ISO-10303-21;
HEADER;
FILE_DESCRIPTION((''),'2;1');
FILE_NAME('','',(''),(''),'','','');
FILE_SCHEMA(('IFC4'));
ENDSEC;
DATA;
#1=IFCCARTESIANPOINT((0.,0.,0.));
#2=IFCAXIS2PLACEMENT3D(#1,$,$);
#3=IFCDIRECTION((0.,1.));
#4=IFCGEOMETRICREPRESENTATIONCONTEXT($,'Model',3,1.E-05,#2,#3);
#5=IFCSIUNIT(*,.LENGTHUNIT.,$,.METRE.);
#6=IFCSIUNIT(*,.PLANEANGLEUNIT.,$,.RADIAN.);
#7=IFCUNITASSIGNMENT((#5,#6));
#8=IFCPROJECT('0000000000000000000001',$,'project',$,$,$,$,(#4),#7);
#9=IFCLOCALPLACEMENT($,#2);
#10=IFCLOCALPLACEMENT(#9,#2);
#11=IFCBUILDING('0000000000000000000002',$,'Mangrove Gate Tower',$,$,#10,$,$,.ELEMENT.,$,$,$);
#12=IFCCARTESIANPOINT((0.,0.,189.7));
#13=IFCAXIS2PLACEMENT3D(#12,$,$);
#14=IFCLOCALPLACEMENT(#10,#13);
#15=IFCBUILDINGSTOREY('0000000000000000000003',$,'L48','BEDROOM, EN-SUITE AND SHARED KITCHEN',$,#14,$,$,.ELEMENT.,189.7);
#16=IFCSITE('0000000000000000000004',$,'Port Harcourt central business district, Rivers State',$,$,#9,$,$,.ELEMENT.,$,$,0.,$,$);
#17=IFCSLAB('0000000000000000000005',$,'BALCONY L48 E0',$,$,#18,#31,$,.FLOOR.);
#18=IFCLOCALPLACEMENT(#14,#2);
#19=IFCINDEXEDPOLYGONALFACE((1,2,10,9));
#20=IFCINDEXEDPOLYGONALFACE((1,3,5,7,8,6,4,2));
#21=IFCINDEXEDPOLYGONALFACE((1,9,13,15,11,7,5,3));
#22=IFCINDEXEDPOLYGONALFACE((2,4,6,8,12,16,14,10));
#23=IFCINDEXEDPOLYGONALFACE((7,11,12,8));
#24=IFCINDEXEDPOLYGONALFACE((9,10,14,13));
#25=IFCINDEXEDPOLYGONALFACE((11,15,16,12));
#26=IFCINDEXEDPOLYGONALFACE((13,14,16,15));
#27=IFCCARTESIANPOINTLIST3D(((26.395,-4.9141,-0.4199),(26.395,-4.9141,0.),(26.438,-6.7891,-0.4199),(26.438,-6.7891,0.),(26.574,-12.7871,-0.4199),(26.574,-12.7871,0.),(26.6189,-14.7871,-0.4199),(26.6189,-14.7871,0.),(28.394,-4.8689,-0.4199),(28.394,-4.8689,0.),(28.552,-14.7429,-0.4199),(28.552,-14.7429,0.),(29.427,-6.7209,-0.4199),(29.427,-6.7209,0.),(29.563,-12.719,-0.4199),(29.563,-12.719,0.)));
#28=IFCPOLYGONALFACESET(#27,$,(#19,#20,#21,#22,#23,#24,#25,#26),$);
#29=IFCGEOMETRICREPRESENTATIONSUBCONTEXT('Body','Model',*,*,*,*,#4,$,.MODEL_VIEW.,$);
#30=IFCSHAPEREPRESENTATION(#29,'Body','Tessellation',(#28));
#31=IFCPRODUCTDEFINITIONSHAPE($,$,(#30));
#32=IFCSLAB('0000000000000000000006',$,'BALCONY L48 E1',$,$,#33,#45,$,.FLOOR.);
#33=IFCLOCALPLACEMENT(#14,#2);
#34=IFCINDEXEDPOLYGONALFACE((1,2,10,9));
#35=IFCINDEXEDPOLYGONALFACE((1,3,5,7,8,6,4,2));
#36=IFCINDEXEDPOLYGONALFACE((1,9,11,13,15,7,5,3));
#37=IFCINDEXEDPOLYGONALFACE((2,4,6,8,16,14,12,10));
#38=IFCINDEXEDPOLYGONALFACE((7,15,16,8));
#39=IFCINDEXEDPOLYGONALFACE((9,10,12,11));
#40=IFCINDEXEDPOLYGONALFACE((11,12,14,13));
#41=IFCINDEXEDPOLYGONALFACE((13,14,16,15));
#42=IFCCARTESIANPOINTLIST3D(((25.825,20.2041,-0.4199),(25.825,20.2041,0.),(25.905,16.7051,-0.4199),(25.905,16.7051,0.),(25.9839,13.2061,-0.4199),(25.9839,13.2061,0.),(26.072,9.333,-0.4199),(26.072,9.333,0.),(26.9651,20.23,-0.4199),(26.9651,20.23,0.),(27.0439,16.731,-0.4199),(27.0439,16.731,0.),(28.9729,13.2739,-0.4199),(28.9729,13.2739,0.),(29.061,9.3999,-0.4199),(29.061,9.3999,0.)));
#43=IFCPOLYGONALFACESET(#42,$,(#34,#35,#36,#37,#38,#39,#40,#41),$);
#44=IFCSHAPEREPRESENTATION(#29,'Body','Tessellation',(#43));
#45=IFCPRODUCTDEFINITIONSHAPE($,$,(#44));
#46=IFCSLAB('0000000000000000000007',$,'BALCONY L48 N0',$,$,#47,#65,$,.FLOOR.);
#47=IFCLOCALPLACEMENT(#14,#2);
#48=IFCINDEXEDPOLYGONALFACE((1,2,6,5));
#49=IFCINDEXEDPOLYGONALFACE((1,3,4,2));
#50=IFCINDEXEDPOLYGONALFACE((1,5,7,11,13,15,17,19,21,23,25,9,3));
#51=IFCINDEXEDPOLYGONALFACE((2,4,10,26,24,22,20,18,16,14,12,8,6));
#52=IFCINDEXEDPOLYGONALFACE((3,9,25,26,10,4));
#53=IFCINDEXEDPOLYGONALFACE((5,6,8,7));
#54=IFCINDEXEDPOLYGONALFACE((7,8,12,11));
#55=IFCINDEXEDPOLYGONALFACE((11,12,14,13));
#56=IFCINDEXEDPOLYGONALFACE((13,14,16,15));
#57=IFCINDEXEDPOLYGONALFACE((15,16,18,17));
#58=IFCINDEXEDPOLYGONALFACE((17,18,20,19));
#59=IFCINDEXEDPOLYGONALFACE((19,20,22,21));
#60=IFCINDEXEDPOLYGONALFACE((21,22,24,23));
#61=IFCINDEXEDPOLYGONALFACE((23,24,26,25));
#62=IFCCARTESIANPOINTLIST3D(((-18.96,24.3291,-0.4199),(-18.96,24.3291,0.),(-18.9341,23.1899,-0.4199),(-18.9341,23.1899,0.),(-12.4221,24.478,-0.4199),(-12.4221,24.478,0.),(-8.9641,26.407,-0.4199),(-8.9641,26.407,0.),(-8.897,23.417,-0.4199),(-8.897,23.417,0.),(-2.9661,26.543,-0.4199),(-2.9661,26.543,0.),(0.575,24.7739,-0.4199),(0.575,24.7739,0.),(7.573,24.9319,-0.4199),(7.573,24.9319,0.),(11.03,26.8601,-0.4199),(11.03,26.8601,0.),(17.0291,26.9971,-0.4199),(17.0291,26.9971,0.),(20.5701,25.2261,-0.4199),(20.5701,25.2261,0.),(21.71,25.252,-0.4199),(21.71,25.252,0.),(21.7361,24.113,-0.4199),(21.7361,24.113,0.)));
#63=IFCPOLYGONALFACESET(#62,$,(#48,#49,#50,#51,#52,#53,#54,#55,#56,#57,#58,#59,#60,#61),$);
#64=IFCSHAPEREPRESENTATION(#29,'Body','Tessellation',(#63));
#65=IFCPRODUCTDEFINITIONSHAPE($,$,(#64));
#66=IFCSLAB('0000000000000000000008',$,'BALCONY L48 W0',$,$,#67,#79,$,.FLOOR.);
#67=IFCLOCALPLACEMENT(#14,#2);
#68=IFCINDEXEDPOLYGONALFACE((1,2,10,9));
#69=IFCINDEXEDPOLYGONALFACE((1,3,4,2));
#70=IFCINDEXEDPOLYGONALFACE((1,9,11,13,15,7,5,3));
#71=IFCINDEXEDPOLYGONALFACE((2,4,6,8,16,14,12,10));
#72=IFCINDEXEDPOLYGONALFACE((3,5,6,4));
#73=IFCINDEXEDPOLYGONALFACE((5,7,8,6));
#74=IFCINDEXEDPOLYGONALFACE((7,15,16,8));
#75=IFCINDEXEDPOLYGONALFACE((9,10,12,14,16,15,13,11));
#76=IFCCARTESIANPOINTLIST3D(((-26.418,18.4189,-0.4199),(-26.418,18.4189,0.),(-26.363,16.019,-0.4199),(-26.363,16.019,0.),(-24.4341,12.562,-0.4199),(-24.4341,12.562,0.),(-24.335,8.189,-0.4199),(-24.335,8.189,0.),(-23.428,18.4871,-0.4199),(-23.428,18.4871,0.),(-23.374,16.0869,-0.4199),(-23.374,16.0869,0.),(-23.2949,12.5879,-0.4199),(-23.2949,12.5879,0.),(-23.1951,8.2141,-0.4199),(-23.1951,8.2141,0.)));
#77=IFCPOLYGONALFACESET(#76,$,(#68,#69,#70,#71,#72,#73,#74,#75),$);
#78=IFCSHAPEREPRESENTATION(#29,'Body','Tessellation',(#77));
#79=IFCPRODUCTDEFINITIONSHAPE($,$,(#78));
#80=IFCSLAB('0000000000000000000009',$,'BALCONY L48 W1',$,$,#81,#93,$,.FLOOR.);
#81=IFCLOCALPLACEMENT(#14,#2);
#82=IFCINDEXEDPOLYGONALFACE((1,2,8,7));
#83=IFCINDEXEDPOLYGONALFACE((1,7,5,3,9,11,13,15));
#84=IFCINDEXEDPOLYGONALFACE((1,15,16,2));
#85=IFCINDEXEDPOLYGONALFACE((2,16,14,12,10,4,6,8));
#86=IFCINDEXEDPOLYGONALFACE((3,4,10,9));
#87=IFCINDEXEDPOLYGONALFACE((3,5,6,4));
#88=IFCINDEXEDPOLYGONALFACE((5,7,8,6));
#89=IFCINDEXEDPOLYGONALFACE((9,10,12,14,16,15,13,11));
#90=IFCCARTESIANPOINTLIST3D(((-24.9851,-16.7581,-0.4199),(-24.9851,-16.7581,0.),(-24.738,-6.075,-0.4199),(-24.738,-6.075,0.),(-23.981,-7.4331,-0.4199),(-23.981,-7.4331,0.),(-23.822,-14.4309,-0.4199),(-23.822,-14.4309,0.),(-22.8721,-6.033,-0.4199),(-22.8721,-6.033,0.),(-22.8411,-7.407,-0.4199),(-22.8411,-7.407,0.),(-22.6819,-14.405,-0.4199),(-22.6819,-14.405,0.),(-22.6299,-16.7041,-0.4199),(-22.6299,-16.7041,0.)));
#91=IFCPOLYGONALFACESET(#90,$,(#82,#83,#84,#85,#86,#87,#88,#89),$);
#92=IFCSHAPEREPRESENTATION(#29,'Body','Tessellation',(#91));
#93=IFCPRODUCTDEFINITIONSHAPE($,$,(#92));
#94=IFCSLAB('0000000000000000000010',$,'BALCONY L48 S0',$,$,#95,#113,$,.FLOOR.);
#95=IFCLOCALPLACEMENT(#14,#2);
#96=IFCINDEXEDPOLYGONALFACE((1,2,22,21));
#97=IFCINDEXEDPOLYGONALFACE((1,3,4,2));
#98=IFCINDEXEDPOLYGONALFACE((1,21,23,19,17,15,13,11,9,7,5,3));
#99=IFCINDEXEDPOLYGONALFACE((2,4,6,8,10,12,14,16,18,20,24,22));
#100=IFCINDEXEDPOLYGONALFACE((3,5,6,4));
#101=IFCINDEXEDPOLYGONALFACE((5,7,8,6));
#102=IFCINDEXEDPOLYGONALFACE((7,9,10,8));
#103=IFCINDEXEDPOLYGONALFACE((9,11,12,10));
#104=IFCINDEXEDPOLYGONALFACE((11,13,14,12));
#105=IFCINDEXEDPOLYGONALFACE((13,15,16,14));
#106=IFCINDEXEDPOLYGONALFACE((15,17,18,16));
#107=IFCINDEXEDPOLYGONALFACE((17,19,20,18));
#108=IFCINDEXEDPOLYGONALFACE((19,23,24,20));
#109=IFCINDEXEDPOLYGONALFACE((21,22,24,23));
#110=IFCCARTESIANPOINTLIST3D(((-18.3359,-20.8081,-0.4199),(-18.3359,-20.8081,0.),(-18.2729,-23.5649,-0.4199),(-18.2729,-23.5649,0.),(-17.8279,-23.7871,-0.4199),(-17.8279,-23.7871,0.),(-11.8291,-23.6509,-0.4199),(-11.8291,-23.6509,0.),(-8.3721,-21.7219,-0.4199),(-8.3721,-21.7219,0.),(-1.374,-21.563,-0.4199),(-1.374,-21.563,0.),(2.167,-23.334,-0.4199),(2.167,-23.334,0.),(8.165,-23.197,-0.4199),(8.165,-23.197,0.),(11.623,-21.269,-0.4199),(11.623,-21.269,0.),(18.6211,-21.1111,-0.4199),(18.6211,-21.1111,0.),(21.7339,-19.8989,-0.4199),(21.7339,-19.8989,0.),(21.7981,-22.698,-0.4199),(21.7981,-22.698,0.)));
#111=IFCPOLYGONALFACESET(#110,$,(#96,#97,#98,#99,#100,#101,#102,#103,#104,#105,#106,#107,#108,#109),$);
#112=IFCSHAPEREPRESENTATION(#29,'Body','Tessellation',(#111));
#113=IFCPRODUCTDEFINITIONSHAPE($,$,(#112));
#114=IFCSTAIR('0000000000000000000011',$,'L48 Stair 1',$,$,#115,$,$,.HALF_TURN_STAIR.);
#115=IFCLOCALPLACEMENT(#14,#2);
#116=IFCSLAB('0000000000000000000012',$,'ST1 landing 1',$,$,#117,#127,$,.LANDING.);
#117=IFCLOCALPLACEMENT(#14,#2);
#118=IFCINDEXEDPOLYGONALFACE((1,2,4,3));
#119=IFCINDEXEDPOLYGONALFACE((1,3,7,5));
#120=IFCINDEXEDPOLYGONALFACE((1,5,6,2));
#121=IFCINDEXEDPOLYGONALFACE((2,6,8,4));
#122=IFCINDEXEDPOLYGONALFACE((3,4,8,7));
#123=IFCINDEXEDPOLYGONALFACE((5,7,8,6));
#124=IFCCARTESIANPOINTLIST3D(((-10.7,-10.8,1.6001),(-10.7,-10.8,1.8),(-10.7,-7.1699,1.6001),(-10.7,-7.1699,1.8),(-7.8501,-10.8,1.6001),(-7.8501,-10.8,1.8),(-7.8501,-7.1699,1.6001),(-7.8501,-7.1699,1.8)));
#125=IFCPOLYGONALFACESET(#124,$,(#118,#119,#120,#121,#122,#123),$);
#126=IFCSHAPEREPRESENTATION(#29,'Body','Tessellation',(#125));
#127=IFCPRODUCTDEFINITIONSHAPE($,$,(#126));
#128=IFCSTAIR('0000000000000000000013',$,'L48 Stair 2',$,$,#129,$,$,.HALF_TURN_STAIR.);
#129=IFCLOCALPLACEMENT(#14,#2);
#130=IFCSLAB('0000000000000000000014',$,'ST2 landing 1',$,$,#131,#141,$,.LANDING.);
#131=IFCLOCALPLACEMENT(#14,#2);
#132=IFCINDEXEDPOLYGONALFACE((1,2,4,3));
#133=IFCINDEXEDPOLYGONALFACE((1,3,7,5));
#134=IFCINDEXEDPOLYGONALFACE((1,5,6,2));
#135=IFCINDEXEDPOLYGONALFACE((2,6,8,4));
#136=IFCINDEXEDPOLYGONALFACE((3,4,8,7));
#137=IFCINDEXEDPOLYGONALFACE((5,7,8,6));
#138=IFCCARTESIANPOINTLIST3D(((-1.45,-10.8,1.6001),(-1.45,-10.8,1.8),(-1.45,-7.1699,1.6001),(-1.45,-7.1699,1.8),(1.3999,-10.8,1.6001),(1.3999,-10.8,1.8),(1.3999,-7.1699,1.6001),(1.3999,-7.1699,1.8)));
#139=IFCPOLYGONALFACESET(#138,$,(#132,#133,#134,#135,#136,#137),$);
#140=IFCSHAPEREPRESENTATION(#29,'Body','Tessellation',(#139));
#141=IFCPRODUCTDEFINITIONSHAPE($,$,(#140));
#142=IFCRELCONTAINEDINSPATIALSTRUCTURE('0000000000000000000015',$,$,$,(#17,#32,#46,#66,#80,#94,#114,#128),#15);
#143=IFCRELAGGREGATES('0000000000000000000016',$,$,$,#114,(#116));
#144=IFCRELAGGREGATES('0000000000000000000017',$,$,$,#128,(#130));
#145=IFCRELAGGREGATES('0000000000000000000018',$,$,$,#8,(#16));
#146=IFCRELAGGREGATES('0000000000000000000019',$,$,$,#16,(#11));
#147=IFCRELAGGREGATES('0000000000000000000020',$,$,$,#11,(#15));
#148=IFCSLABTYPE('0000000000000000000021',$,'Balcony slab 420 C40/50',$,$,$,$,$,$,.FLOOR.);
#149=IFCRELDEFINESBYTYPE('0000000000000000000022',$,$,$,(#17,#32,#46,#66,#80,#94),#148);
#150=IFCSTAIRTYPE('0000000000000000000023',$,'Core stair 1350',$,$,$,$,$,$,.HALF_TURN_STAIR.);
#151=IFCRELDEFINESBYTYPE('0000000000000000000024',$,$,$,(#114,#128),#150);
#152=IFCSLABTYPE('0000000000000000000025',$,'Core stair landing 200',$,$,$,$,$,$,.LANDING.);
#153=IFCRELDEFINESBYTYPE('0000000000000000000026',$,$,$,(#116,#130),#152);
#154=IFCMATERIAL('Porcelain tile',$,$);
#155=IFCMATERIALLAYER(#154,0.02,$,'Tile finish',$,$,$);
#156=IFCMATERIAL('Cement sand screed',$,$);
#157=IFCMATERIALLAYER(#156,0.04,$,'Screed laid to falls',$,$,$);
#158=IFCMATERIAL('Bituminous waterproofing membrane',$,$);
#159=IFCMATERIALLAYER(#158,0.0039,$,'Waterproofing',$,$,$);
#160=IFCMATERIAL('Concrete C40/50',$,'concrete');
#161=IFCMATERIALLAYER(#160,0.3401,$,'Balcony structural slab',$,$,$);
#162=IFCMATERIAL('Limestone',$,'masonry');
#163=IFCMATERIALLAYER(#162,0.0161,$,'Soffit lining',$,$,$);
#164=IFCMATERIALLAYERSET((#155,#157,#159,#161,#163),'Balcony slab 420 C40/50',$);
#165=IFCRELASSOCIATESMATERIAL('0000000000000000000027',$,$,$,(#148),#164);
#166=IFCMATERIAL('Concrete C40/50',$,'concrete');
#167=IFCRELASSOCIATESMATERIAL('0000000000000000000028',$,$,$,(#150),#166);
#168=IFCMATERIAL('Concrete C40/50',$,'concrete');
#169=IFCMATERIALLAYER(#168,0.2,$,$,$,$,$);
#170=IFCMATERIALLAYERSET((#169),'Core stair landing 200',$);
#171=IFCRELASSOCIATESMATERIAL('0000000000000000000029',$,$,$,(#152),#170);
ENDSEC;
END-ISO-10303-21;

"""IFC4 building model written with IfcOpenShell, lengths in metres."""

from ifc_helpers import new_model, si_unit, direction, frame, origin, place, context, subcontext, project, spatial, polyline, outline, extrude, material, layer, layer_set, type_object, element, aggregate, save


model = new_model("IFC4")

# Units and contexts
model_context = context("Model", 3, precision=1e-05, world=origin(), true_north=direction((0.0, 1.0)))
body_context = subcontext(model_context, "Body", "Model", "MODEL_VIEW")
ifc_project = project(units=[si_unit("LENGTHUNIT", "METRE"), si_unit("PLANEANGLEUNIT", "RADIAN")], contexts=[model_context])

# Site, building, storey
site_placement = place(None, origin())
site = spatial("IfcSite", under=ifc_project, at=site_placement, Name="Port Harcourt central business district, Rivers State", CompositionType="ELEMENT", RefElevation=0.0)
building_placement = place(site_placement, origin())
building = spatial("IfcBuilding", under=site, at=building_placement, Name="Mangrove Gate Tower", CompositionType="ELEMENT")
storey_placement = place(building_placement, frame((0.0, 0.0, 189.7)))
storey = spatial("IfcBuildingStorey", under=building, at=storey_placement, Name="L48", Description="BEDROOM, EN-SUITE AND SHARED KITCHEN", CompositionType="ELEMENT", Elevation=189.7)

# Slabs
ifc_material_1 = material(Name="Porcelain tile")
ifc_layer_1 = layer(ifc_material_1, 0.02, Name="Tile finish")
ifc_material_2 = material(Name="Cement sand screed")
ifc_layer_2 = layer(ifc_material_2, 0.04, Name="Screed laid to falls")
ifc_material_3 = material(Name="Bituminous waterproofing membrane")
ifc_layer_3 = layer(ifc_material_3, 0.0039, Name="Waterproofing")
ifc_material_4 = material(Name="Concrete C40/50", Category="concrete")
ifc_layer_4 = layer(ifc_material_4, 0.3401, Name="Balcony structural slab")
ifc_material_5 = material(Name="Limestone", Category="masonry")
ifc_layer_5 = layer(ifc_material_5, 0.0161, Name="Soffit lining")
ifc_layer_set_1 = layer_set([ifc_layer_1, ifc_layer_2, ifc_layer_3, ifc_layer_4, ifc_layer_5], Name="Balcony slab 420 C40/50")
slab_type_1 = type_object("IfcSlabType", Name="Balcony slab 420 C40/50", PredefinedType="FLOOR", material=ifc_layer_set_1)
slab_1_placement = place(storey_placement, frame((0.0, 0.0, -0.4199)))
element("IfcSlab", 1, at=slab_1_placement, inside=storey, type_object=slab_type_1, Name="BALCONY L48 E0", PredefinedType="FLOOR", context=body_context, shape_type="SweptSolid", body=[
    extrude(outline(polyline([(28.552, -14.7429), (29.563, -12.719), (29.427, -6.7209), (28.394, -4.8689), (26.395, -4.9141), (26.438, -6.7891), (26.574, -12.7871), (26.6189, -14.7871), (28.552, -14.7429)])), origin(), (0.0, 0.0, 1.0), 0.4199),
])
slab_2_placement = place(storey_placement, frame((0.0, 0.0, -0.4199)))
element("IfcSlab", 2, at=slab_2_placement, inside=storey, type_object=slab_type_1, Name="BALCONY L48 E1", PredefinedType="FLOOR", context=body_context, shape_type="SweptSolid", body=[
    extrude(outline(polyline([(29.061, 9.3999), (28.9729, 13.2739), (27.0439, 16.731), (26.9651, 20.23), (25.825, 20.2041), (25.905, 16.7051), (25.9839, 13.2061), (26.072, 9.333), (29.061, 9.3999)])), origin(), (0.0, 0.0, 1.0), 0.4199),
])
slab_3_placement = place(storey_placement, frame((0.0, 0.0, -0.4199)))
element("IfcSlab", 3, at=slab_3_placement, inside=storey, type_object=slab_type_1, Name="BALCONY L48 N0", PredefinedType="FLOOR", context=body_context, shape_type="SweptSolid", body=[
    extrude(outline(polyline([(21.71, 25.252), (20.5701, 25.2261), (17.0291, 26.9971), (11.03, 26.8601), (7.573, 24.9319), (0.575, 24.7739), (-2.9661, 26.543), (-8.9641, 26.407), (-12.4221, 24.478), (-18.96, 24.3291), (-18.9341, 23.1899), (-8.897, 23.417), (21.7361, 24.113), (21.71, 25.252)])), origin(), (0.0, 0.0, 1.0), 0.4199),
])
slab_4_placement = place(storey_placement, frame((0.0, 0.0, -0.4199)))
element("IfcSlab", 4, at=slab_4_placement, inside=storey, type_object=slab_type_1, Name="BALCONY L48 W0", PredefinedType="FLOOR", context=body_context, shape_type="SweptSolid", body=[
    extrude(outline(polyline([(-26.418, 18.4189), (-26.363, 16.019), (-24.4341, 12.562), (-24.335, 8.189), (-23.1951, 8.2141), (-23.2949, 12.5879), (-23.374, 16.0869), (-23.428, 18.4871), (-26.418, 18.4189)])), origin(), (0.0, 0.0, 1.0), 0.4199),
])
slab_5_placement = place(storey_placement, frame((0.0, 0.0, -0.4199)))
element("IfcSlab", 5, at=slab_5_placement, inside=storey, type_object=slab_type_1, Name="BALCONY L48 W1", PredefinedType="FLOOR", context=body_context, shape_type="SweptSolid", body=[
    extrude(outline(polyline([(-24.738, -6.075), (-23.981, -7.4331), (-23.822, -14.4309), (-24.9851, -16.7581), (-22.6299, -16.7041), (-22.6819, -14.405), (-22.8411, -7.407), (-22.8721, -6.033), (-24.738, -6.075)])), origin(), (0.0, 0.0, 1.0), 0.4199),
])
slab_6_placement = place(storey_placement, frame((0.0, 0.0, -0.4199)))
element("IfcSlab", 6, at=slab_6_placement, inside=storey, type_object=slab_type_1, Name="BALCONY L48 S0", PredefinedType="FLOOR", context=body_context, shape_type="SweptSolid", body=[
    extrude(outline(polyline([(-18.2729, -23.5649), (-17.8279, -23.7871), (-11.8291, -23.6509), (-8.3721, -21.7219), (-1.374, -21.563), (2.167, -23.334), (8.165, -23.197), (11.623, -21.269), (18.6211, -21.1111), (21.7981, -22.698), (21.7339, -19.8989), (-18.3359, -20.8081), (-18.2729, -23.5649)])), origin(), (0.0, 0.0, 1.0), 0.4199),
])

# Stairs, slabs
ifc_material_6 = material(Name="Concrete C40/50", Category="concrete")
stair_type = type_object("IfcStairType", Name="Core stair 1350", PredefinedType="HALF_TURN_STAIR", material=ifc_material_6)
stair_1_placement = place(storey_placement, origin())
stair_1 = element("IfcStair", 7, at=stair_1_placement, inside=storey, type_object=stair_type, Name="L48 Stair 1", PredefinedType="HALF_TURN_STAIR")
ifc_material_7 = material(Name="Concrete C40/50", Category="concrete")
ifc_layer_6 = layer(ifc_material_7, 0.2)
ifc_layer_set_2 = layer_set([ifc_layer_6], Name="Core stair landing 200")
slab_type_2 = type_object("IfcSlabType", Name="Core stair landing 200", PredefinedType="LANDING", material=ifc_layer_set_2)
slab_7_placement = place(storey_placement, frame((0.0, 0.0, 1.6001)))
slab_7 = element("IfcSlab", 8, at=slab_7_placement, type_object=slab_type_2, Name="ST1 landing 1", PredefinedType="LANDING", context=body_context, shape_type="SweptSolid", body=[
    extrude(outline(polyline([(-10.7, -7.1699), (-10.7, -10.8), (-7.8501, -10.8), (-7.8501, -7.1699), (-10.7, -7.1699)])), origin(), (0.0, 0.0, 1.0), 0.2),
])
aggregate(stair_1, [slab_7])
stair_2_placement = place(storey_placement, origin())
stair_2 = element("IfcStair", 9, at=stair_2_placement, inside=storey, type_object=stair_type, Name="L48 Stair 2", PredefinedType="HALF_TURN_STAIR")
slab_8_placement = place(storey_placement, frame((0.0, 0.0, 1.6001)))
slab_8 = element("IfcSlab", 10, at=slab_8_placement, type_object=slab_type_2, Name="ST2 landing 1", PredefinedType="LANDING", context=body_context, shape_type="SweptSolid", body=[
    extrude(outline(polyline([(-1.45, -7.1699), (-1.45, -10.8), (1.3999, -10.8), (1.3999, -7.1699), (-1.45, -7.1699)])), origin(), (0.0, 0.0, 1.0), 0.2),
])
aggregate(stair_2, [slab_8])

save(model, "model.ifc")
